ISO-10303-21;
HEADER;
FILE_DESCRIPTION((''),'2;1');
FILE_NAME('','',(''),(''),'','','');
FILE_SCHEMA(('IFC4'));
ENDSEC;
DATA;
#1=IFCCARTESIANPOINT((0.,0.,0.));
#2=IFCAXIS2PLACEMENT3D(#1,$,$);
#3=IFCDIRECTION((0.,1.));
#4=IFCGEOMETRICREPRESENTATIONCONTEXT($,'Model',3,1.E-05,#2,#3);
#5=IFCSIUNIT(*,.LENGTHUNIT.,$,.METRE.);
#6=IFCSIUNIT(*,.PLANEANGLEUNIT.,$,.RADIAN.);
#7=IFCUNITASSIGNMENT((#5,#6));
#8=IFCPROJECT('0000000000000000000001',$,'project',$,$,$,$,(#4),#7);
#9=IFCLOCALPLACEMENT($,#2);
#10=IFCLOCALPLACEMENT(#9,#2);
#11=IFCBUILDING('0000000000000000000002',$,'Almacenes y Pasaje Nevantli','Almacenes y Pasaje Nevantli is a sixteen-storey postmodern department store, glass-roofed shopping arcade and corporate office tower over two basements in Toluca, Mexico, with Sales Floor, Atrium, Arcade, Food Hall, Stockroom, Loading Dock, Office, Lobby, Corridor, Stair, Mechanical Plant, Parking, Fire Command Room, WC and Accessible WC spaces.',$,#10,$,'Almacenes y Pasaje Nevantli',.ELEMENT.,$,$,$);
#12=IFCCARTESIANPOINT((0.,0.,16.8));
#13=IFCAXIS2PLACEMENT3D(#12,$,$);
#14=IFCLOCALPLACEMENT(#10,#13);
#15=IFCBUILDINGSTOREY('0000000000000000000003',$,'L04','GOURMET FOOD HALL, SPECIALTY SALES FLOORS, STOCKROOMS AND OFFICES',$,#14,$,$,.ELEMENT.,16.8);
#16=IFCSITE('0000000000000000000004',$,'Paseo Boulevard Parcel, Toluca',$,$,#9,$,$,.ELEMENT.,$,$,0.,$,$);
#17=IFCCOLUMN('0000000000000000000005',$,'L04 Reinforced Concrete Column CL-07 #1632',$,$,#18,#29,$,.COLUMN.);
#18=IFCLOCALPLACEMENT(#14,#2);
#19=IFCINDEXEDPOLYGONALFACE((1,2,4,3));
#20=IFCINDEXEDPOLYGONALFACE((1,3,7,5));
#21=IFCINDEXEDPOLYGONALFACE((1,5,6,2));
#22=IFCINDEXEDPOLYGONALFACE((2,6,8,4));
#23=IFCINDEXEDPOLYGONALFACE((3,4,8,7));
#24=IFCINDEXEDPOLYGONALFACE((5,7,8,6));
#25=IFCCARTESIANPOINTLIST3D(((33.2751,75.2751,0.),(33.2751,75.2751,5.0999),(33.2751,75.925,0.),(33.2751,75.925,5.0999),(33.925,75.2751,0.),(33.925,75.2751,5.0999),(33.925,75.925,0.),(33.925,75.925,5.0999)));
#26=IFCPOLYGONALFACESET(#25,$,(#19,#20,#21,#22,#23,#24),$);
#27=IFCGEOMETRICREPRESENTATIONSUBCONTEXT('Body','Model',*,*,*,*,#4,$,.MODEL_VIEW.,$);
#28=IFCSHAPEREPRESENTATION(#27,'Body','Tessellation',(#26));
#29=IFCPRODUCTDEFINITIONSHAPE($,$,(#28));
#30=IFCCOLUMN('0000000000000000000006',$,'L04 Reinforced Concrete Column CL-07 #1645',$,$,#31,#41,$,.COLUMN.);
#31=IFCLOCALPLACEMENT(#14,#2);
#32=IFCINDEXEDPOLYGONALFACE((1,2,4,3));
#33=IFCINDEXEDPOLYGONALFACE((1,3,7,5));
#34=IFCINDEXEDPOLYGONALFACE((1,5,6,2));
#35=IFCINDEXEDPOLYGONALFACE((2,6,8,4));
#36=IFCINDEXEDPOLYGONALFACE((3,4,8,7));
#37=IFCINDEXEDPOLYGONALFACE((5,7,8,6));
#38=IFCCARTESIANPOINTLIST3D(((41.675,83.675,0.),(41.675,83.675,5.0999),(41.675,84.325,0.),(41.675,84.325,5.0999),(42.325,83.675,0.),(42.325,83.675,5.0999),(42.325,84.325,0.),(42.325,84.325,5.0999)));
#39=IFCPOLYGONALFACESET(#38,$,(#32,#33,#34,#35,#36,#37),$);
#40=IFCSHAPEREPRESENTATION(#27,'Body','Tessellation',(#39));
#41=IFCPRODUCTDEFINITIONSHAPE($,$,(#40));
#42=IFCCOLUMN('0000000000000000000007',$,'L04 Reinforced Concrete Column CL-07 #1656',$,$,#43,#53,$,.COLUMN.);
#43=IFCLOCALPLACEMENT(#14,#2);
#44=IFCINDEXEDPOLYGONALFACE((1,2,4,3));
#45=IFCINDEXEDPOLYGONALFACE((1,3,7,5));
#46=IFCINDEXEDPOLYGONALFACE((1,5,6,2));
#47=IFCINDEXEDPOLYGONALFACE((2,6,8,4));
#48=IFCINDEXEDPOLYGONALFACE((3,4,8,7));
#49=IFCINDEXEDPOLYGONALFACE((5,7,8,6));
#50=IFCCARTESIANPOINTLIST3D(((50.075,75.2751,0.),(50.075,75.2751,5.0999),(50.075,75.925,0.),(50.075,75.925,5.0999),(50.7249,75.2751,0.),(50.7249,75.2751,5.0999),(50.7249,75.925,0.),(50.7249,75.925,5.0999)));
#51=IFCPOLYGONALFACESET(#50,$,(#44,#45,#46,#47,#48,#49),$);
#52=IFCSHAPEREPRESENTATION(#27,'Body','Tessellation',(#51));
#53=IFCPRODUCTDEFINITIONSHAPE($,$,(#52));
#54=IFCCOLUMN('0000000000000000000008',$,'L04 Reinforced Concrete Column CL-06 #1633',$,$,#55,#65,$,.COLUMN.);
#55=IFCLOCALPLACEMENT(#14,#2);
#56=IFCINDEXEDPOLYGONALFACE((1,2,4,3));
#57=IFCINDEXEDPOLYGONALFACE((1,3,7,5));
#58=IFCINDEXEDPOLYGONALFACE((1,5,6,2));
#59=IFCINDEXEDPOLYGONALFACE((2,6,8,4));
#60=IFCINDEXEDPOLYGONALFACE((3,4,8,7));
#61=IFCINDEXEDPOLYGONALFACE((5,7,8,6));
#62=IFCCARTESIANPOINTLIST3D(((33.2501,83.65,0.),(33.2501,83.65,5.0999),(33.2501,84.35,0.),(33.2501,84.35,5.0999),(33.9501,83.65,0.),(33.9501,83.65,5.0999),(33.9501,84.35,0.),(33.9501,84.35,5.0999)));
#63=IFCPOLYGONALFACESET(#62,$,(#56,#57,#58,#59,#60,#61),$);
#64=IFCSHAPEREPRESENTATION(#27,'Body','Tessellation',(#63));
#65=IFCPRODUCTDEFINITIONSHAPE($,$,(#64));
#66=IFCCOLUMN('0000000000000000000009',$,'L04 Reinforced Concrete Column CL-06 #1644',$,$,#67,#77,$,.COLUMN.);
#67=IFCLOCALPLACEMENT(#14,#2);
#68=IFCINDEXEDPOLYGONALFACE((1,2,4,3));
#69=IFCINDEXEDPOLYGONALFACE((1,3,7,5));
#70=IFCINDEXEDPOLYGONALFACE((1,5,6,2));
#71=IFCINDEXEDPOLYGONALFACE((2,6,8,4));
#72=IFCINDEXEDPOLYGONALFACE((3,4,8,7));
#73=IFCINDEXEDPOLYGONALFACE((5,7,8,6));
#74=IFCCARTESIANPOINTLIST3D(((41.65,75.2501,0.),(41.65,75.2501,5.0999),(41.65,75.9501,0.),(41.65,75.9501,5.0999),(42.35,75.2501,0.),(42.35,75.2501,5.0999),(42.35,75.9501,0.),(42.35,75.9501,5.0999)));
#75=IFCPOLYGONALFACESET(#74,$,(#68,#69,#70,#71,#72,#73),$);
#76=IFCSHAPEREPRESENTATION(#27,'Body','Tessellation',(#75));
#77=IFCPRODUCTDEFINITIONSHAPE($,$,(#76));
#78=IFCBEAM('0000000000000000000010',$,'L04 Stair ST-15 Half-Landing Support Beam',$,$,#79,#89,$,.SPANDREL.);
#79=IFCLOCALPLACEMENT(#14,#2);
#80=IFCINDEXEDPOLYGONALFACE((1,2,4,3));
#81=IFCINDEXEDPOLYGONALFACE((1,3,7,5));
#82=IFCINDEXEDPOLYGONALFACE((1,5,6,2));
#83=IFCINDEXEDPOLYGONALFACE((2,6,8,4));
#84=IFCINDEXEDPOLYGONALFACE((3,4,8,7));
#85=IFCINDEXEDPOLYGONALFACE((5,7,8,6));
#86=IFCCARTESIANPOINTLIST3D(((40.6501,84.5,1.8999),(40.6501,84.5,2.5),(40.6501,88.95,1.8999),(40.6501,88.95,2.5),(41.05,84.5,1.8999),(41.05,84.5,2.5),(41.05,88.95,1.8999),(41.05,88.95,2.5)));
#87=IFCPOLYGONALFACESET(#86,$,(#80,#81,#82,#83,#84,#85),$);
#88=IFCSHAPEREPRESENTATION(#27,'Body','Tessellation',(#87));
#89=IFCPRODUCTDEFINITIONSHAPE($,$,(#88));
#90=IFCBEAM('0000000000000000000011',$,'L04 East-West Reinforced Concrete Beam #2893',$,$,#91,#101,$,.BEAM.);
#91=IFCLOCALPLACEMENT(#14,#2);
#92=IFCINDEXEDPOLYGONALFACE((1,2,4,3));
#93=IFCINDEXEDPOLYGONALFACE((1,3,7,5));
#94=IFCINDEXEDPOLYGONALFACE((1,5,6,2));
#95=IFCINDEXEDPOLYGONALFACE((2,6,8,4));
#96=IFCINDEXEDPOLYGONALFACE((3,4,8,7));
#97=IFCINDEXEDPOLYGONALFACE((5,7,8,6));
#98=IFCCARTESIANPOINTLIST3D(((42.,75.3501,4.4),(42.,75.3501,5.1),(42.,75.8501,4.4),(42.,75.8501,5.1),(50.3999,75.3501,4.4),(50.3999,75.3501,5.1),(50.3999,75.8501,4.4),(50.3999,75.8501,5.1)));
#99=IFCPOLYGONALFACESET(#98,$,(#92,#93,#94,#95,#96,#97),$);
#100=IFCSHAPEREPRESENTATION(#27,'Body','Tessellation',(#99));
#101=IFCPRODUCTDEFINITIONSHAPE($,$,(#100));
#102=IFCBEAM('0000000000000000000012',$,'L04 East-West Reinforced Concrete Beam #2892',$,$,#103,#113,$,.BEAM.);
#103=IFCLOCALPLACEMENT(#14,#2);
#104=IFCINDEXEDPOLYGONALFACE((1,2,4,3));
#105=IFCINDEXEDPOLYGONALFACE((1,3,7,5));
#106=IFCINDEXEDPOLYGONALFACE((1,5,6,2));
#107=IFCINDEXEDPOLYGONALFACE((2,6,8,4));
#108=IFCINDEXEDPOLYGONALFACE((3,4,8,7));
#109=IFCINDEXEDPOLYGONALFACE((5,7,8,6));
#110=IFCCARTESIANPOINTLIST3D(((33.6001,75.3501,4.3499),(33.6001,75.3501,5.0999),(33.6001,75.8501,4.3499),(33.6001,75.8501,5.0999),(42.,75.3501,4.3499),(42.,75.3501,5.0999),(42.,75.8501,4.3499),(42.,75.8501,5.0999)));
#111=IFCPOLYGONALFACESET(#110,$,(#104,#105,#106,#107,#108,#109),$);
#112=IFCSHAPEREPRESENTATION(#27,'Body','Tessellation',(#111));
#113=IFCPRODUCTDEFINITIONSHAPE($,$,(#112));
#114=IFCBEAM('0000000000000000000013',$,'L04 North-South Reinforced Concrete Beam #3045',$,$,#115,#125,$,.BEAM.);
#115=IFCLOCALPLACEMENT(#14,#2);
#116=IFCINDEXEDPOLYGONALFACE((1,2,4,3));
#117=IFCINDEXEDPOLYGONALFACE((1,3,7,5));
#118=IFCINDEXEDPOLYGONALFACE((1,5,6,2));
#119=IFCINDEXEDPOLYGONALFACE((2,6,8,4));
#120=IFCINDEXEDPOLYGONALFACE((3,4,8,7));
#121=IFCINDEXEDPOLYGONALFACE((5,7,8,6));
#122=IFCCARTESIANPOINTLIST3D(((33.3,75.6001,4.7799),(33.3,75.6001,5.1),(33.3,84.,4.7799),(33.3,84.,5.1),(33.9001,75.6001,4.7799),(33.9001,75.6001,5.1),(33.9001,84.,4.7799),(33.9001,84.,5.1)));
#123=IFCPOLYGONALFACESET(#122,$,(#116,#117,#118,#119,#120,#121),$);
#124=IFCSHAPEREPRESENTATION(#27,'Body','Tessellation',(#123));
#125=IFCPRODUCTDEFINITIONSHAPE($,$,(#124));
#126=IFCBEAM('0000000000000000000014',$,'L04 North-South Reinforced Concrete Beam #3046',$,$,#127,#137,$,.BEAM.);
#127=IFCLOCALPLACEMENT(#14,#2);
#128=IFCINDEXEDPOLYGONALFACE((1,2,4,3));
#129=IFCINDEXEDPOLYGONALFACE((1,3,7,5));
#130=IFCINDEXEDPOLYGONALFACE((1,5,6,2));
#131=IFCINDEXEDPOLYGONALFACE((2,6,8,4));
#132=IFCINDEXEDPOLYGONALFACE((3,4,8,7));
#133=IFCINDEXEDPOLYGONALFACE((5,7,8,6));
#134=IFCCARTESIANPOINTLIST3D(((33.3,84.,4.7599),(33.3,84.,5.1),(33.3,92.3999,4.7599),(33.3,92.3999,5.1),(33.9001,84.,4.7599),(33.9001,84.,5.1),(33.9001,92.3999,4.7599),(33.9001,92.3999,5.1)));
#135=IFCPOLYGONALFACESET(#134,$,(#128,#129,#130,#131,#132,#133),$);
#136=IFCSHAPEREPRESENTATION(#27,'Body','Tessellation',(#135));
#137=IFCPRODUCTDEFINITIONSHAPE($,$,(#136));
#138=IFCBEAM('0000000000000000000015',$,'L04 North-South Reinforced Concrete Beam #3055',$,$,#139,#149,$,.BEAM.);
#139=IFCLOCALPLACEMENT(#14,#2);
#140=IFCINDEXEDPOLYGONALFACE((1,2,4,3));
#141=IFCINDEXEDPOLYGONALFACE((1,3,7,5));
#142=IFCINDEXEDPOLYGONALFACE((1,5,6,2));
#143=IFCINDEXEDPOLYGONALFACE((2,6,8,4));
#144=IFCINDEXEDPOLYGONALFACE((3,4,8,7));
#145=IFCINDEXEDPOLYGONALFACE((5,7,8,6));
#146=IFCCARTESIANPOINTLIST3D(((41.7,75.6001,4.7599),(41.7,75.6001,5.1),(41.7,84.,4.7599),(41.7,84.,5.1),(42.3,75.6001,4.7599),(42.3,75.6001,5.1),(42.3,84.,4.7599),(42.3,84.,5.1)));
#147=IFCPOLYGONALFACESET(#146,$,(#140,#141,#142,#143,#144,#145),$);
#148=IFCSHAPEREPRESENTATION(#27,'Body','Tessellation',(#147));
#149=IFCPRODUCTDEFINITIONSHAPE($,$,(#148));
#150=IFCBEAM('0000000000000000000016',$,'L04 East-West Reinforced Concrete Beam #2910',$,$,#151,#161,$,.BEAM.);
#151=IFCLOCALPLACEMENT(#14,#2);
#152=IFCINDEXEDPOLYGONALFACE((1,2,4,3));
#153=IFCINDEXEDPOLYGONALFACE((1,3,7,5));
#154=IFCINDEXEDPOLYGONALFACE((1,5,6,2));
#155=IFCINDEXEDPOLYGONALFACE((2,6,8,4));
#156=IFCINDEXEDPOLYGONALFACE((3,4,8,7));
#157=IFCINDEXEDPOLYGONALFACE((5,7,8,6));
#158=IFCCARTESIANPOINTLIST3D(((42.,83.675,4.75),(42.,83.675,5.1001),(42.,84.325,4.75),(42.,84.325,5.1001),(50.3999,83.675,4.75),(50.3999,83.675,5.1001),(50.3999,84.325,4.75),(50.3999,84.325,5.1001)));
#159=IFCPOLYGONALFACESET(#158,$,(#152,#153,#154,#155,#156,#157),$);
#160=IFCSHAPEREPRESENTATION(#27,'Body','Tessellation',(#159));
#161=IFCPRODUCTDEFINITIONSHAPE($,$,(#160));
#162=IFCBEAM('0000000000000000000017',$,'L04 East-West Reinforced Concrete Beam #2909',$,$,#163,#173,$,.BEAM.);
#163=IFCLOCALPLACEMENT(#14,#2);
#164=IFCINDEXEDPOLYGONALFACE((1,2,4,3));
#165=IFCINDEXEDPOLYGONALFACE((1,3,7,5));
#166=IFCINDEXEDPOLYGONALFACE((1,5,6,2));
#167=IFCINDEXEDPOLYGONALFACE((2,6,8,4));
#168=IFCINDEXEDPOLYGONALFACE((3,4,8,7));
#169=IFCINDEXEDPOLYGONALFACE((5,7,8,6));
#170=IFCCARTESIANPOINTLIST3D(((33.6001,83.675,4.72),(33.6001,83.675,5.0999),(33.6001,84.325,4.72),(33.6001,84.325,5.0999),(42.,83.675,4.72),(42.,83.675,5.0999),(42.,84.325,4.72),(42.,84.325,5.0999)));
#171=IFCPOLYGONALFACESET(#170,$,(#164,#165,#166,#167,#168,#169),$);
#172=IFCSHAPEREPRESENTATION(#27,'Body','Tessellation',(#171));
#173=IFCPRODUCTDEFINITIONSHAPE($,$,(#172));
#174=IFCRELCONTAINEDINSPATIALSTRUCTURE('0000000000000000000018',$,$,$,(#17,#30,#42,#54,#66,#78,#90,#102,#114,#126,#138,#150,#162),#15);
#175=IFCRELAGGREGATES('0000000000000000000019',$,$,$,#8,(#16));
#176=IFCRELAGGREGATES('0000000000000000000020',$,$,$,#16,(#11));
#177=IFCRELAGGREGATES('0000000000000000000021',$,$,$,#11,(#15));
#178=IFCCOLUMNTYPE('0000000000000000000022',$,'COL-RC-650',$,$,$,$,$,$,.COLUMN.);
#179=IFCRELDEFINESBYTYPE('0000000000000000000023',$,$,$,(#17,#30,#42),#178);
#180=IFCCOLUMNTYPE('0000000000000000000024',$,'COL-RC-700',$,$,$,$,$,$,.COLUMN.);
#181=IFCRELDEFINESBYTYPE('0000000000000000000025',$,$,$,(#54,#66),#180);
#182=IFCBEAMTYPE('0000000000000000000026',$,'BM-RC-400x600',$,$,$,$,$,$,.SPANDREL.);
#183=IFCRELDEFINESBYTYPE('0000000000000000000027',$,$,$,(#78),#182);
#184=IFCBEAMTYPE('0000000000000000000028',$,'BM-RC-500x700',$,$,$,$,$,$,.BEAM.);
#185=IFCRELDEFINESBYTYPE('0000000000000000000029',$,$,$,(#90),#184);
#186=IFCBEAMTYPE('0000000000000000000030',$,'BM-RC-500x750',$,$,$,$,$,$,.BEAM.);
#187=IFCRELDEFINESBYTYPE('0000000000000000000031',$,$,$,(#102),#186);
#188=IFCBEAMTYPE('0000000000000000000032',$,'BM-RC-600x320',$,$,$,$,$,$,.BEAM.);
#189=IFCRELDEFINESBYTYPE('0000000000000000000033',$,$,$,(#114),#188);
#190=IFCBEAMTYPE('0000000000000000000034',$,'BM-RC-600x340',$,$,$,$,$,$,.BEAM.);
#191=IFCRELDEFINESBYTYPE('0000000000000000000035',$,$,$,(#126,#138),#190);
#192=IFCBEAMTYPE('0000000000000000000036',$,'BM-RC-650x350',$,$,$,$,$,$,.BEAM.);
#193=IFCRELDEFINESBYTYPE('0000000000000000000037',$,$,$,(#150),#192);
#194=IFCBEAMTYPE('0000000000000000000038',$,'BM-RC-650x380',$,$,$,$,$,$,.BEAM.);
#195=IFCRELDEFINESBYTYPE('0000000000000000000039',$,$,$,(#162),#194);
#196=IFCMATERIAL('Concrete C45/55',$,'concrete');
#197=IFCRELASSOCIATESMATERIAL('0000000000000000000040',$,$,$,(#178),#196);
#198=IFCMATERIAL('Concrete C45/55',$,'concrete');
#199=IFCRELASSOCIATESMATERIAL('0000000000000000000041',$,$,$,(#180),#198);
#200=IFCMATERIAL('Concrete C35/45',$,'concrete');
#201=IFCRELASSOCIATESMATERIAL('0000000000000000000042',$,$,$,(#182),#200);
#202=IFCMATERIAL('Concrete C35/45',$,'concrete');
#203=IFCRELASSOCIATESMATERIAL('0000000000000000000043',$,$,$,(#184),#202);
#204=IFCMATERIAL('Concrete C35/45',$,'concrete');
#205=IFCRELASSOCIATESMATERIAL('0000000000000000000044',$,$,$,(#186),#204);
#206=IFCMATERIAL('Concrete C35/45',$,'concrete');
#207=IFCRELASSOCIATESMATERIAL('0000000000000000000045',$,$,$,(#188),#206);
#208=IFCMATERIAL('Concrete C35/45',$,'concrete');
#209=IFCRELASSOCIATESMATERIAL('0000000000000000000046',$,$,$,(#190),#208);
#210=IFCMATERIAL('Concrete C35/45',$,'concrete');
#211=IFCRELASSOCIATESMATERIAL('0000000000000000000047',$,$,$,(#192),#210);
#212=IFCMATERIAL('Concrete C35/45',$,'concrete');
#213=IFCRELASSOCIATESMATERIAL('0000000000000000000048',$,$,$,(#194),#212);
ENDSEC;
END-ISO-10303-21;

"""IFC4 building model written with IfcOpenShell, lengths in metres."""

from ifc_helpers import new_model, si_unit, direction, frame, origin, origin_2d, place, context, subcontext, project, spatial, rectangle, extrude, material, material_profile, profile_set, type_object, element, save


model = new_model("IFC4")

# Units and contexts
model_context = context("Model", 3, precision=1e-05, world=origin(), true_north=direction((0.0, 1.0)))
body_context = subcontext(model_context, "Body", "Model", "MODEL_VIEW")
ifc_project = project(units=[si_unit("LENGTHUNIT", "METRE"), si_unit("PLANEANGLEUNIT", "RADIAN")], contexts=[model_context])

# Site, building, storey
site_placement = place(None, origin())
site = spatial("IfcSite", under=ifc_project, at=site_placement, Name="Paseo Boulevard Parcel, Toluca", CompositionType="ELEMENT", RefElevation=0.0)
building_placement = place(site_placement, origin())
building = spatial("IfcBuilding", under=site, at=building_placement, Name="Almacenes y Pasaje Nevantli", Description="Almacenes y Pasaje Nevantli is a sixteen-storey postmodern department store, glass-roofed shopping arcade and corporate office tower over two basements in Toluca, Mexico, with Sales Floor, Atrium, Arcade, Food Hall, Stockroom, Loading Dock, Office, Lobby, Corridor, Stair, Mechanical Plant, Parking, Fire Command Room, WC and Accessible WC spaces.", LongName="Almacenes y Pasaje Nevantli", CompositionType="ELEMENT")
storey_placement = place(building_placement, frame((0.0, 0.0, 16.8)))
storey = spatial("IfcBuildingStorey", under=building, at=storey_placement, Name="L04", Description="GOURMET FOOD HALL, SPECIALTY SALES FLOORS, STOCKROOMS AND OFFICES", CompositionType="ELEMENT", Elevation=16.8)

# Columns
ifc_material_1 = material(Name="Concrete C45/55", Category="concrete")
ifc_material_profile_1 = material_profile(ifc_material_1, rectangle(XDim=0.6499, YDim=0.6499, at=origin_2d()), Name="RC-COL-650x650")
ifc_profile_set_1 = profile_set([ifc_material_profile_1], Name="Concrete C45/55")
column_type_1 = type_object("IfcColumnType", Name="COL-RC-650", PredefinedType="COLUMN", material=ifc_profile_set_1)
for number, where, z_axis, x_axis, name in (
    (1, (33.6001, 75.6001, 0.0), (0.0, 0.0, 1.0), (1.0, 0.0, 0.0), "L04 Reinforced Concrete Column CL-07 #1632"),
    (2, (42.0, 84.0, 0.0), (0.0, 0.0, 1.0), (1.0, 0.0, 0.0), "L04 Reinforced Concrete Column CL-07 #1645"),
    (3, (50.3999, 75.6001, 0.0), (0.0, 0.0, 1.0), (1.0, 0.0, 0.0), "L04 Reinforced Concrete Column CL-07 #1656"),
):
    element("IfcColumn", number, at=place(storey_placement, frame(where, z_axis=z_axis, x_axis=x_axis)), inside=storey, type_object=column_type_1, Name=name, PredefinedType="COLUMN", context=body_context, shape_type="SweptSolid", body=[
        extrude(rectangle(XDim=0.6499, YDim=0.6499, at=origin_2d()), origin(), (0.0, 0.0, 1.0), 5.0999),
    ])
ifc_material_2 = material(Name="Concrete C45/55", Category="concrete")
ifc_material_profile_2 = material_profile(ifc_material_2, rectangle(XDim=0.7, YDim=0.7, at=origin_2d()), Name="RC-COL-700x700")
ifc_profile_set_2 = profile_set([ifc_material_profile_2], Name="Concrete C45/55")
column_type_2 = type_object("IfcColumnType", Name="COL-RC-700", PredefinedType="COLUMN", material=ifc_profile_set_2)
for number, where, z_axis, x_axis, name in (
    (4, (33.6001, 84.0, 0.0), (0.0, 0.0, 1.0), (1.0, 0.0, 0.0), "L04 Reinforced Concrete Column CL-06 #1633"),
    (5, (42.0, 75.6001, 0.0), (0.0, 0.0, 1.0), (1.0, 0.0, 0.0), "L04 Reinforced Concrete Column CL-06 #1644"),
):
    element("IfcColumn", number, at=place(storey_placement, frame(where, z_axis=z_axis, x_axis=x_axis)), inside=storey, type_object=column_type_2, Name=name, PredefinedType="COLUMN", context=body_context, shape_type="SweptSolid", body=[
        extrude(rectangle(XDim=0.7, YDim=0.7, at=origin_2d()), origin(), (0.0, 0.0, 1.0), 5.0999),
    ])

# Beams
ifc_material_3 = material(Name="Concrete C35/45", Category="concrete")
ifc_material_profile_3 = material_profile(ifc_material_3, rectangle(XDim=0.3999, YDim=0.6001, at=origin_2d()), Name="RC-BM-400x600")
ifc_profile_set_3 = profile_set([ifc_material_profile_3], Name="Concrete C35/45")
beam_type_1 = type_object("IfcBeamType", Name="BM-RC-400x600", PredefinedType="SPANDREL", material=ifc_profile_set_3)
beam_1_placement = place(storey_placement, frame((40.8501, 84.5, 2.2), z_axis=(0.0, 1.0, 0.0), x_axis=(-1.0, 0.0, 0.0)))
element("IfcBeam", 6, at=beam_1_placement, inside=storey, type_object=beam_type_1, Name="L04 Stair ST-15 Half-Landing Support Beam", PredefinedType="SPANDREL", context=body_context, shape_type="SweptSolid", body=[
    extrude(rectangle(XDim=0.3999, YDim=0.6001, at=origin_2d()), origin(), (0.0, 0.0, 1.0), 4.45),
])
ifc_material_4 = material(Name="Concrete C35/45", Category="concrete")
ifc_material_profile_4 = material_profile(ifc_material_4, rectangle(XDim=0.5, YDim=0.7, at=origin_2d()), Name="RC-BM-500x700")
ifc_profile_set_4 = profile_set([ifc_material_profile_4], Name="Concrete C35/45")
beam_type_2 = type_object("IfcBeamType", Name="BM-RC-500x700", PredefinedType="BEAM", material=ifc_profile_set_4)
beam_2_placement = place(storey_placement, frame((42.0, 75.6001, 4.75), z_axis=(1.0, 0.0, 0.0), x_axis=(0.0, 1.0, 0.0)))
element("IfcBeam", 7, at=beam_2_placement, inside=storey, type_object=beam_type_2, Name="L04 East-West Reinforced Concrete Beam #2893", PredefinedType="BEAM", context=body_context, shape_type="SweptSolid", body=[
    extrude(rectangle(XDim=0.5, YDim=0.7, at=origin_2d()), origin(), (0.0, 0.0, 1.0), 8.3999),
])
ifc_material_5 = material(Name="Concrete C35/45", Category="concrete")
ifc_material_profile_5 = material_profile(ifc_material_5, rectangle(XDim=0.5, YDim=0.75, at=origin_2d()), Name="RC-BM-500x750")
ifc_profile_set_5 = profile_set([ifc_material_profile_5], Name="Concrete C35/45")
beam_type_3 = type_object("IfcBeamType", Name="BM-RC-500x750", PredefinedType="BEAM", material=ifc_profile_set_5)
beam_3_placement = place(storey_placement, frame((33.6001, 75.6001, 4.7249), z_axis=(1.0, 0.0, 0.0), x_axis=(0.0, 1.0, 0.0)))
element("IfcBeam", 8, at=beam_3_placement, inside=storey, type_object=beam_type_3, Name="L04 East-West Reinforced Concrete Beam #2892", PredefinedType="BEAM", context=body_context, shape_type="SweptSolid", body=[
    extrude(rectangle(XDim=0.5, YDim=0.75, at=origin_2d()), origin(), (0.0, 0.0, 1.0), 8.3999),
])
ifc_material_6 = material(Name="Concrete C35/45", Category="concrete")
ifc_material_profile_6 = material_profile(ifc_material_6, rectangle(XDim=0.6001, YDim=0.3201, at=origin_2d()), Name="RC-BM-600x320")
ifc_profile_set_6 = profile_set([ifc_material_profile_6], Name="Concrete C35/45")
beam_type_4 = type_object("IfcBeamType", Name="BM-RC-600x320", PredefinedType="BEAM", material=ifc_profile_set_6)
beam_4_placement = place(storey_placement, frame((33.6001, 75.6001, 4.9399), z_axis=(0.0, 1.0, 0.0), x_axis=(-1.0, 0.0, 0.0)))
element("IfcBeam", 9, at=beam_4_placement, inside=storey, type_object=beam_type_4, Name="L04 North-South Reinforced Concrete Beam #3045", PredefinedType="BEAM", context=body_context, shape_type="SweptSolid", body=[
    extrude(rectangle(XDim=0.6001, YDim=0.3201, at=origin_2d()), origin(), (0.0, 0.0, 1.0), 8.3999),
])
ifc_material_7 = material(Name="Concrete C35/45", Category="concrete")
ifc_material_profile_7 = material_profile(ifc_material_7, rectangle(XDim=0.6001, YDim=0.3401, at=origin_2d()), Name="RC-BM-600x340")
ifc_profile_set_7 = profile_set([ifc_material_profile_7], Name="Concrete C35/45")
beam_type_5 = type_object("IfcBeamType", Name="BM-RC-600x340", PredefinedType="BEAM", material=ifc_profile_set_7)
for number, where, z_axis, x_axis, name in (
    (10, (33.6001, 84.0, 4.9299), (0.0, 1.0, 0.0), (-1.0, 0.0, 0.0), "L04 North-South Reinforced Concrete Beam #3046"),
    (11, (42.0, 75.6001, 4.9299), (0.0, 1.0, 0.0), (-1.0, 0.0, 0.0), "L04 North-South Reinforced Concrete Beam #3055"),
):
    element("IfcBeam", number, at=place(storey_placement, frame(where, z_axis=z_axis, x_axis=x_axis)), inside=storey, type_object=beam_type_5, Name=name, PredefinedType="BEAM", context=body_context, shape_type="SweptSolid", body=[
        extrude(rectangle(XDim=0.6001, YDim=0.3401, at=origin_2d()), origin(), (0.0, 0.0, 1.0), 8.3999),
    ])
ifc_material_8 = material(Name="Concrete C35/45", Category="concrete")
ifc_material_profile_8 = material_profile(ifc_material_8, rectangle(XDim=0.6499, YDim=0.3501, at=origin_2d()), Name="RC-BM-650x350")
ifc_profile_set_8 = profile_set([ifc_material_profile_8], Name="Concrete C35/45")
beam_type_6 = type_object("IfcBeamType", Name="BM-RC-650x350", PredefinedType="BEAM", material=ifc_profile_set_8)
beam_5_placement = place(storey_placement, frame((42.0, 84.0, 4.925), z_axis=(1.0, 0.0, 0.0), x_axis=(0.0, 1.0, 0.0)))
element("IfcBeam", 12, at=beam_5_placement, inside=storey, type_object=beam_type_6, Name="L04 East-West Reinforced Concrete Beam #2910", PredefinedType="BEAM", context=body_context, shape_type="SweptSolid", body=[
    extrude(rectangle(XDim=0.6499, YDim=0.3501, at=origin_2d()), origin(), (0.0, 0.0, 1.0), 8.3999),
])
ifc_material_9 = material(Name="Concrete C35/45", Category="concrete")
ifc_material_profile_9 = material_profile(ifc_material_9, rectangle(XDim=0.6499, YDim=0.3799, at=origin_2d()), Name="RC-BM-650x380")
ifc_profile_set_9 = profile_set([ifc_material_profile_9], Name="Concrete C35/45")
beam_type_7 = type_object("IfcBeamType", Name="BM-RC-650x380", PredefinedType="BEAM", material=ifc_profile_set_9)
beam_6_placement = place(storey_placement, frame((33.6001, 84.0, 4.9099), z_axis=(1.0, 0.0, 0.0), x_axis=(0.0, 1.0, 0.0)))
element("IfcBeam", 13, at=beam_6_placement, inside=storey, type_object=beam_type_7, Name="L04 East-West Reinforced Concrete Beam #2909", PredefinedType="BEAM", context=body_context, shape_type="SweptSolid", body=[
    extrude(rectangle(XDim=0.6499, YDim=0.3799, at=origin_2d()), origin(), (0.0, 0.0, 1.0), 8.3999),
])

save(model, "model.ifc")
